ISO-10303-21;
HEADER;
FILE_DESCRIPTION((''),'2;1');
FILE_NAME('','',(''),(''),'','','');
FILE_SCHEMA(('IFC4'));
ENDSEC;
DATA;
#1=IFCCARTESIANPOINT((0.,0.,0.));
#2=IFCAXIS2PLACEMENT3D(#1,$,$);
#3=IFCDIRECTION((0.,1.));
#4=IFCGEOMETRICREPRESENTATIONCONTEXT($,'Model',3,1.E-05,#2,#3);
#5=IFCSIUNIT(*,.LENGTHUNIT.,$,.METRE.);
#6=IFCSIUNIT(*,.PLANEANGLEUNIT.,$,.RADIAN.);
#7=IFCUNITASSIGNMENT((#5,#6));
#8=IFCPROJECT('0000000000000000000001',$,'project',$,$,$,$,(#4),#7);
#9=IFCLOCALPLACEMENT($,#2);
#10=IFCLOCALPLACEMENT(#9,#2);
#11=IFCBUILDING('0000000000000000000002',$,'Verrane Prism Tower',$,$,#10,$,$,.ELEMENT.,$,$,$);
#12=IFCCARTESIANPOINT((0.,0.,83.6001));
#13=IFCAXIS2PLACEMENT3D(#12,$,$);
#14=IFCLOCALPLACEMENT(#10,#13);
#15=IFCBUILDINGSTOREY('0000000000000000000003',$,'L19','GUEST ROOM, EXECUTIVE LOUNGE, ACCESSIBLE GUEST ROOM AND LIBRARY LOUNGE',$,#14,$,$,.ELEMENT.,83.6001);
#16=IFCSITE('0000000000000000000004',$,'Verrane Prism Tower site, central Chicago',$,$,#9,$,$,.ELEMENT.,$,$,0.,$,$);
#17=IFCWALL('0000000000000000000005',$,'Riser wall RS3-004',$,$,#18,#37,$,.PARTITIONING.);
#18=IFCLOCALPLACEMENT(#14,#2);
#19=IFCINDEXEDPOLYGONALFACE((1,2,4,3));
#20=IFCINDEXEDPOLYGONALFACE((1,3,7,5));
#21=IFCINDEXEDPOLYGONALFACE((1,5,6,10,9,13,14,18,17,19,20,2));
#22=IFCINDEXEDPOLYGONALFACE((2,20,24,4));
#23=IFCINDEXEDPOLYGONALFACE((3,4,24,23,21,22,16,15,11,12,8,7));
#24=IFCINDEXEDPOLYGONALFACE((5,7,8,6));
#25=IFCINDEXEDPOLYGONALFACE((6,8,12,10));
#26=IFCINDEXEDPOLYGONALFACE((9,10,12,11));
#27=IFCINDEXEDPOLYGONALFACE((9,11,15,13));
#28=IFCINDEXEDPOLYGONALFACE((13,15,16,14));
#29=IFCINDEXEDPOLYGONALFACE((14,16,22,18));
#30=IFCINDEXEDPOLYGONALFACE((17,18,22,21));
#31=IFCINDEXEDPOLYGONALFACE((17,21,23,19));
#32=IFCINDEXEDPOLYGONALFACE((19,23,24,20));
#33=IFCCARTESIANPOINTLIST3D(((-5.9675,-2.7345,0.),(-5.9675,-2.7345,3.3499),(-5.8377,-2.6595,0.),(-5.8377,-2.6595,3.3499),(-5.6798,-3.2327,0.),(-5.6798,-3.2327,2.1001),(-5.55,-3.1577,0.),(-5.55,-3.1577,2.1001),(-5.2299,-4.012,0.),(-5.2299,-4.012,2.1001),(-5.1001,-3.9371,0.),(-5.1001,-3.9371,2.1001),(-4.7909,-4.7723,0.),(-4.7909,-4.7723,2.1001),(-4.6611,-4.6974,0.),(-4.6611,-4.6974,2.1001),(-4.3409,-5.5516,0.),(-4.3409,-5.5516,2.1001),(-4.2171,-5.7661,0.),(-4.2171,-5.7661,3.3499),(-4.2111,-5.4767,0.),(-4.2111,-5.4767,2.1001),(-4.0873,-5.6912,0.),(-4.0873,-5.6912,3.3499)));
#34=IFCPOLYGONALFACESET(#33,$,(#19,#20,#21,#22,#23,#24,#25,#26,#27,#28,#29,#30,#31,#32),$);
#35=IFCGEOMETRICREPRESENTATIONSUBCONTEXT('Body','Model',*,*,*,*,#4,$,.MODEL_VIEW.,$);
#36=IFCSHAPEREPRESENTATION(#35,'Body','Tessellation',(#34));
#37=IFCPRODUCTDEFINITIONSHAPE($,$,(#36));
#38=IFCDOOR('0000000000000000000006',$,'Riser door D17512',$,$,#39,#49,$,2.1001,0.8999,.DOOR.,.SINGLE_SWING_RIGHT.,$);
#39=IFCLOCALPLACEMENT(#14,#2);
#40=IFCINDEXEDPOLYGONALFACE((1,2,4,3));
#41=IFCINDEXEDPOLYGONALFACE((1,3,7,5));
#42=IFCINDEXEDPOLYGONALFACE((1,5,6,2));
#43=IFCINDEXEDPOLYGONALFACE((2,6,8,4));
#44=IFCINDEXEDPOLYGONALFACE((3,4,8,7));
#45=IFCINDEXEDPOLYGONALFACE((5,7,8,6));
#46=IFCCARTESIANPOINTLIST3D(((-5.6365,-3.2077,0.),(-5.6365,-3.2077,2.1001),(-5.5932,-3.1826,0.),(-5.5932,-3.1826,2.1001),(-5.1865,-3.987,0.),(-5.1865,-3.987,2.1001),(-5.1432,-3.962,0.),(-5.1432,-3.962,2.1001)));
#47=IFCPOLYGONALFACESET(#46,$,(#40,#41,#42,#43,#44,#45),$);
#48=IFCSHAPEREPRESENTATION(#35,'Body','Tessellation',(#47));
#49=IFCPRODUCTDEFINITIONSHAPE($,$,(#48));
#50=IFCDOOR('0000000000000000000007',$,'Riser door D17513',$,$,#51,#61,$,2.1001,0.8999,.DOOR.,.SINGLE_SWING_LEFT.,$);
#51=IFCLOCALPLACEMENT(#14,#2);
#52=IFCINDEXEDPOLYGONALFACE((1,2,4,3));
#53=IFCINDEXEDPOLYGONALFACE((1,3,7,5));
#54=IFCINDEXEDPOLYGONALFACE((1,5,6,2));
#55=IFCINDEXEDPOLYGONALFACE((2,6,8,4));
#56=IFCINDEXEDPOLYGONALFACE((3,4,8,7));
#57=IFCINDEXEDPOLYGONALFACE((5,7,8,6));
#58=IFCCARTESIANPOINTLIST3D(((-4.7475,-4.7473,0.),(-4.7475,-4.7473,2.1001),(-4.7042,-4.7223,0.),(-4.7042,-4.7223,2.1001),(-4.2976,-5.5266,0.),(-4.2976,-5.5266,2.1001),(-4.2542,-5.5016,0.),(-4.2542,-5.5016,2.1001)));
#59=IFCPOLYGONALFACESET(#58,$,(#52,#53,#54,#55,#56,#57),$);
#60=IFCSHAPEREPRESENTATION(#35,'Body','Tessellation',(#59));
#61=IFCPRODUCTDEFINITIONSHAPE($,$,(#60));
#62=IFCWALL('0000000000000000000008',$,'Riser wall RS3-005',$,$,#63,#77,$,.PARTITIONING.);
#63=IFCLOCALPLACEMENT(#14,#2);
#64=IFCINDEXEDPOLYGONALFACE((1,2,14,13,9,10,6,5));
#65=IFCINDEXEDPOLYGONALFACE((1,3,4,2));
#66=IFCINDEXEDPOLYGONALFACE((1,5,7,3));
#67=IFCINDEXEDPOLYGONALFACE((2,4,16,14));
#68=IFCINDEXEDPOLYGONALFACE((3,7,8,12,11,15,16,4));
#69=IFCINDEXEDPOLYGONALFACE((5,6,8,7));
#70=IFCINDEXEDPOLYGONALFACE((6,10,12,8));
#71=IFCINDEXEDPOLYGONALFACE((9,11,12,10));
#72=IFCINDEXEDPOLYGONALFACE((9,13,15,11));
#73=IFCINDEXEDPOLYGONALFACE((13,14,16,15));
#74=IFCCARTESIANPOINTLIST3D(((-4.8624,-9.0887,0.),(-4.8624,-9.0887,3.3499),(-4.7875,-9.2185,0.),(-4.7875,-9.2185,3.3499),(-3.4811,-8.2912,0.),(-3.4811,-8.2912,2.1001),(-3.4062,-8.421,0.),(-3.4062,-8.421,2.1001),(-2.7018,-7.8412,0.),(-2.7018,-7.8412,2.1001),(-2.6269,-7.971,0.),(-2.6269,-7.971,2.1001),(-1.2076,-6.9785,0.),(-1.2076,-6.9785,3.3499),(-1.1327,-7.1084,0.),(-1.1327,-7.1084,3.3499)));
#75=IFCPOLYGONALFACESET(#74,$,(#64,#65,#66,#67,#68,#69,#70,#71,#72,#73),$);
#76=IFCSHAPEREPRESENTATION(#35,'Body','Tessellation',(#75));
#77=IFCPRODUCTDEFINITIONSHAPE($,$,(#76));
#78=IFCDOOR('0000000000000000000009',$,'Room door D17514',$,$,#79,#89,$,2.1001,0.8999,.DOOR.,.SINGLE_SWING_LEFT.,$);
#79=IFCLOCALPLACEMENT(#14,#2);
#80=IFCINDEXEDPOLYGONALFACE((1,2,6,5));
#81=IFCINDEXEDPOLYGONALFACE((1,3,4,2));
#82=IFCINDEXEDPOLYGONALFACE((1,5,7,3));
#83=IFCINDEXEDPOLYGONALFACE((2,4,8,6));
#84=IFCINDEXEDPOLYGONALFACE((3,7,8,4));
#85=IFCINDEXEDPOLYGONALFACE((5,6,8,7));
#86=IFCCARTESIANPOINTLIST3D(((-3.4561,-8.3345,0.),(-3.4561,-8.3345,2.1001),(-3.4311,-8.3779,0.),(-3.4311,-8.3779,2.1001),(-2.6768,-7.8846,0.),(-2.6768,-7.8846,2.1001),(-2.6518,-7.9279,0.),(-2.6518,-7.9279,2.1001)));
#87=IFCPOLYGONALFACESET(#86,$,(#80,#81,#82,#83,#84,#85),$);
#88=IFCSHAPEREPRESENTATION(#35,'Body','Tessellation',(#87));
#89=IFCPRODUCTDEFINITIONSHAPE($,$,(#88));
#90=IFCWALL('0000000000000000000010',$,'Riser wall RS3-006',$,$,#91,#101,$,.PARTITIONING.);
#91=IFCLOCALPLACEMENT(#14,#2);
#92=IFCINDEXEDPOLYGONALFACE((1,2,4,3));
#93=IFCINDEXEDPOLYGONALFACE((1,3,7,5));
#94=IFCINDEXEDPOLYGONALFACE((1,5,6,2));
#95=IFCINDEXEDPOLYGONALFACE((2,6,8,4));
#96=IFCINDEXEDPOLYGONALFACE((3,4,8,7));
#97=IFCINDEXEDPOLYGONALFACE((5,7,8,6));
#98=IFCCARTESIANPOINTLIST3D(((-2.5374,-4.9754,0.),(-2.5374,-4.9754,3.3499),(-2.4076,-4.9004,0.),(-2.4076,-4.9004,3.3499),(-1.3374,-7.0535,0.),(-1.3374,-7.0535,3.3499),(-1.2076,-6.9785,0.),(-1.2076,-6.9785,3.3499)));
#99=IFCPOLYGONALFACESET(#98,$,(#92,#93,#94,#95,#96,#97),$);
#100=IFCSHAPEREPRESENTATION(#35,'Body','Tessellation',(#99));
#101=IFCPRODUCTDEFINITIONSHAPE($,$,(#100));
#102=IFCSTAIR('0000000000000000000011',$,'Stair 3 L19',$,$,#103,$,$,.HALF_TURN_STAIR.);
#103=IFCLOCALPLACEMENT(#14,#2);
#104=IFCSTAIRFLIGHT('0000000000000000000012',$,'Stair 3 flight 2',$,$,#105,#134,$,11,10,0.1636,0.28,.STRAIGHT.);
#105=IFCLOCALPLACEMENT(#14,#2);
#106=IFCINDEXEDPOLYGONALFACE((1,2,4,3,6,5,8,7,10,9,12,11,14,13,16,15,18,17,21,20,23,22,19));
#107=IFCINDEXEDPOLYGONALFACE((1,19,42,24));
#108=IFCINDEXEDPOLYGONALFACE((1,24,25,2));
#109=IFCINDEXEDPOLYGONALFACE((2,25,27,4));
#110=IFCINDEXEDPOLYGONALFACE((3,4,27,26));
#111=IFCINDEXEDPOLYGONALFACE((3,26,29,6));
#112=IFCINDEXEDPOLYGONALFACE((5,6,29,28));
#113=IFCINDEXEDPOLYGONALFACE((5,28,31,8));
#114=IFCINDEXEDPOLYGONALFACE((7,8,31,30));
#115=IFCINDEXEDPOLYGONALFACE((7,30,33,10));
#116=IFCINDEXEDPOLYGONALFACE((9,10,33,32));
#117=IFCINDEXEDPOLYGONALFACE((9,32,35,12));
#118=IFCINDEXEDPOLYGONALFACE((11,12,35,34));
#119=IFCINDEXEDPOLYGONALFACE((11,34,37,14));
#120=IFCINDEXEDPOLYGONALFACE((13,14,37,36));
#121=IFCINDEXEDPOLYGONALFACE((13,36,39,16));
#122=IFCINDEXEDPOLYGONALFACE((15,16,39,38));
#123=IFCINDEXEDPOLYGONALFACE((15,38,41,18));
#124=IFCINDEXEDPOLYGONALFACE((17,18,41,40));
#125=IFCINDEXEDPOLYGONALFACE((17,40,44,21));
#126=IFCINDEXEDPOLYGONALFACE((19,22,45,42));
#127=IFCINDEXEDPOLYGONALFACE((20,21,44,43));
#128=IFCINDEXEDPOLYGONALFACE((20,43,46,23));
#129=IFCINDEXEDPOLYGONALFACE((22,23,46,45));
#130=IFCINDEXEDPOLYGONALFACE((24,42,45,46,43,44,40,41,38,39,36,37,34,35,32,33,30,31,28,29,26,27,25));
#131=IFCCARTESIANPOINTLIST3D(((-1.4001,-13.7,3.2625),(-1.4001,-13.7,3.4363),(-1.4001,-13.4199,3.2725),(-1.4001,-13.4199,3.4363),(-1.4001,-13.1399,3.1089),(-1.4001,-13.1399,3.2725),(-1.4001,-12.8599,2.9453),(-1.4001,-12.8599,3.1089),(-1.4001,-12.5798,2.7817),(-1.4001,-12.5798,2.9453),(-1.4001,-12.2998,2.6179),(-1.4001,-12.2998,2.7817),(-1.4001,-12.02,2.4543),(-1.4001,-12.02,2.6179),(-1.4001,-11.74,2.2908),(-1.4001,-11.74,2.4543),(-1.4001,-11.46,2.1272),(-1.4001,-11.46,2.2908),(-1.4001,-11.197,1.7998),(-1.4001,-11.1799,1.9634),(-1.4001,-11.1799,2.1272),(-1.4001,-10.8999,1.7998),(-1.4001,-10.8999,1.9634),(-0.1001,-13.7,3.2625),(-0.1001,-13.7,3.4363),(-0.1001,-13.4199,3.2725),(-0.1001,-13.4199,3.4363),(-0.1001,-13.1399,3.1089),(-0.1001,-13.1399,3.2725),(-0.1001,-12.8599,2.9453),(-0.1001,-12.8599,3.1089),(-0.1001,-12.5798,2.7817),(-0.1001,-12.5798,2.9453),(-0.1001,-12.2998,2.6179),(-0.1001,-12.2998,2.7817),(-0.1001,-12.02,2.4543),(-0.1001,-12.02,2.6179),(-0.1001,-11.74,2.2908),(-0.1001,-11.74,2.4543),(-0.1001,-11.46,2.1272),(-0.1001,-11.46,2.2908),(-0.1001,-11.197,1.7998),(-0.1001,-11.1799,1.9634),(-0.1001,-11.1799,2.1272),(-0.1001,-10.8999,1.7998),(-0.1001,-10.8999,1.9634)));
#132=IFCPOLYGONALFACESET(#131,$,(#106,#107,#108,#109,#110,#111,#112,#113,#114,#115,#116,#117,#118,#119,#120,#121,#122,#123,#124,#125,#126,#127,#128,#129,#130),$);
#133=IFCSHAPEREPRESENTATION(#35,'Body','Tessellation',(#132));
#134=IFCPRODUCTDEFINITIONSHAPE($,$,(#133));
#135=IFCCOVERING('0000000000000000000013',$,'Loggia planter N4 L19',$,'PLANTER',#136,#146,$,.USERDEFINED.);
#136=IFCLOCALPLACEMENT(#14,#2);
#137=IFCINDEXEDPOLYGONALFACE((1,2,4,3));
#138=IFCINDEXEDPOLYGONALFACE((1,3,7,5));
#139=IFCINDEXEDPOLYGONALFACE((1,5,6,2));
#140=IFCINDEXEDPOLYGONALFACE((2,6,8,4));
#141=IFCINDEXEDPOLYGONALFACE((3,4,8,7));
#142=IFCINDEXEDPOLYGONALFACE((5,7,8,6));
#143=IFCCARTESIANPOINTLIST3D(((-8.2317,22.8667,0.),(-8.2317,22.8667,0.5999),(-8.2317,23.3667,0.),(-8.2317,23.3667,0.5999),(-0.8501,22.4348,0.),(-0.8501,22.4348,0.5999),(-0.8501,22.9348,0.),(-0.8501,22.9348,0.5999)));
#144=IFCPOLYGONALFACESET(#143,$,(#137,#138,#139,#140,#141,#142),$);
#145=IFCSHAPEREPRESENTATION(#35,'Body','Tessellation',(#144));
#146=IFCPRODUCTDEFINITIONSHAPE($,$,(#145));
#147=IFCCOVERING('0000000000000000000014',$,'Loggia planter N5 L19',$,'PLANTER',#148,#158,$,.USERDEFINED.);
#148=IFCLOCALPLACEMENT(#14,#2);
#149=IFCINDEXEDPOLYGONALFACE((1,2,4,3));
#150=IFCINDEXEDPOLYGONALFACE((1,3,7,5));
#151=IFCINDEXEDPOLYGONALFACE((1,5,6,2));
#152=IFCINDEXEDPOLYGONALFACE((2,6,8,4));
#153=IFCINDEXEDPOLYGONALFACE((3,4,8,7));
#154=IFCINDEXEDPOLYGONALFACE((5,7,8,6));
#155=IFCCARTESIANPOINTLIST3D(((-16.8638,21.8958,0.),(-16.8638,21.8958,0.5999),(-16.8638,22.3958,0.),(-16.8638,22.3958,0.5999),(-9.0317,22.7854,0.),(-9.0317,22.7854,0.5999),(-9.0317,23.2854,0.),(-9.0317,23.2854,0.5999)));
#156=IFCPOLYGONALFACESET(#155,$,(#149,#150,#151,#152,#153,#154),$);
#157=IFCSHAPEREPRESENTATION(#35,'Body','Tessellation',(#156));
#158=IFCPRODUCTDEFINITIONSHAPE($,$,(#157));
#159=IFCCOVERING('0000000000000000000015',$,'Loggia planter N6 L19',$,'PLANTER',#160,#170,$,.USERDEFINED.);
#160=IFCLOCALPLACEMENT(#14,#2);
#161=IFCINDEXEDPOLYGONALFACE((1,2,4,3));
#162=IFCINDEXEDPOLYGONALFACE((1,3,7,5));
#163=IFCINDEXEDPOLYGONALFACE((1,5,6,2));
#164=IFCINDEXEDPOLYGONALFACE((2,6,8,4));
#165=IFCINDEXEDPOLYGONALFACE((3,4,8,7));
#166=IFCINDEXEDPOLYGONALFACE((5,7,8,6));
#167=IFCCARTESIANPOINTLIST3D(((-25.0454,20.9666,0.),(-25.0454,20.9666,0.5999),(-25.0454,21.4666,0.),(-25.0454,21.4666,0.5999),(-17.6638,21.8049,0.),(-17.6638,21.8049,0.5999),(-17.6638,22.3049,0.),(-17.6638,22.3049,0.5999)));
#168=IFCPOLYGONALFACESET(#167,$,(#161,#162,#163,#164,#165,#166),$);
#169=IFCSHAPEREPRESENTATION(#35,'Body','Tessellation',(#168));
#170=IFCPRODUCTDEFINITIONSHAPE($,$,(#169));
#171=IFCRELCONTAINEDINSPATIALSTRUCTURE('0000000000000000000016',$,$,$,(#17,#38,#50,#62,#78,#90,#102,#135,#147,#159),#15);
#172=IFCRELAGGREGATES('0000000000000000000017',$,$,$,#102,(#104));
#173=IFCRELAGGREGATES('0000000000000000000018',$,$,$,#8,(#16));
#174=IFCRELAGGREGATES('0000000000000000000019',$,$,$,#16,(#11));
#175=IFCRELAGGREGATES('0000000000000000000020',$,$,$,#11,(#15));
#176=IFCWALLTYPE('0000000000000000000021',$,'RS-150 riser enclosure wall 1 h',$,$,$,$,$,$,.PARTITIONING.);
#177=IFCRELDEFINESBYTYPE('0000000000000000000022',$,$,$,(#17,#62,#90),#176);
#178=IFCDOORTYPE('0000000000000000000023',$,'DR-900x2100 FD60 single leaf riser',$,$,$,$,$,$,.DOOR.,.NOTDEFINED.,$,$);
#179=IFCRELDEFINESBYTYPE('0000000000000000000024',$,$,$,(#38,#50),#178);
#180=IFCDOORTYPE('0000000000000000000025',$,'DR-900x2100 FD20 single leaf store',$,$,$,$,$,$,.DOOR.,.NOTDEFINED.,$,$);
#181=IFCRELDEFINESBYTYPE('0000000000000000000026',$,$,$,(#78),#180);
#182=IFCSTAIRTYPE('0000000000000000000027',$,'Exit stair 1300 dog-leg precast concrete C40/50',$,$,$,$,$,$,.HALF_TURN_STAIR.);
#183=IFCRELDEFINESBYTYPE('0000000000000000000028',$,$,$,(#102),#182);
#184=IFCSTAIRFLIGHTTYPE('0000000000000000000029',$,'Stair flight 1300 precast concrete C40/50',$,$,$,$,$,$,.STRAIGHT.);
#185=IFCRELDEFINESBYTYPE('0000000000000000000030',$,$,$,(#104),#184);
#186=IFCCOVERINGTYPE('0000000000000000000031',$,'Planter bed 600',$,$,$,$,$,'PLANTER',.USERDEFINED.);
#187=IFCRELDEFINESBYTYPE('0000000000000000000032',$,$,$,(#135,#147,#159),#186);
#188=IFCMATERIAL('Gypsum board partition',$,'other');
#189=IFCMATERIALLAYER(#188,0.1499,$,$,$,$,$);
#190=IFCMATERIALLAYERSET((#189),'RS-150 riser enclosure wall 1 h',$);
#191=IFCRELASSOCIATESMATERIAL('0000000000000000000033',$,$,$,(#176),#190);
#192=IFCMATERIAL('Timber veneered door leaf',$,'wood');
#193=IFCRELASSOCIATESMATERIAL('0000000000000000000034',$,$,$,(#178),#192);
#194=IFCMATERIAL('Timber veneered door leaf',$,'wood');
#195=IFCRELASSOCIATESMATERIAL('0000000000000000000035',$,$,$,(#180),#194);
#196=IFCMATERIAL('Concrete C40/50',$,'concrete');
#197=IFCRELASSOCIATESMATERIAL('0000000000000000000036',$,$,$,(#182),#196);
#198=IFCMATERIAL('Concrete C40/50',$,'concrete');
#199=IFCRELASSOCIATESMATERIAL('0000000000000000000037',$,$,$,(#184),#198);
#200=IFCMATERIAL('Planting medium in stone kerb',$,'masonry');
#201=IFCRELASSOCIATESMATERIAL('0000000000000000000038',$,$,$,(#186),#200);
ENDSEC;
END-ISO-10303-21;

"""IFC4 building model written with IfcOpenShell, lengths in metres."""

from ifc_helpers import new_model, si_unit, direction, frame, frame_2d, origin, place, context, subcontext, project, spatial, polyline, rectangle, outline, extrude, material, layer, layer_set, type_object, element, fill, aggregate, save


model = new_model("IFC4")

# Units and contexts
model_context = context("Model", 3, precision=1e-05, world=origin(), true_north=direction((0.0, 1.0)))
body_context = subcontext(model_context, "Body", "Model", "MODEL_VIEW")
ifc_project = project(units=[si_unit("LENGTHUNIT", "METRE"), si_unit("PLANEANGLEUNIT", "RADIAN")], contexts=[model_context])

# Site, building, storey
site_placement = place(None, origin())
site = spatial("IfcSite", under=ifc_project, at=site_placement, Name="Verrane Prism Tower site, central Chicago", CompositionType="ELEMENT", RefElevation=0.0)
building_placement = place(site_placement, origin())
building = spatial("IfcBuilding", under=site, at=building_placement, Name="Verrane Prism Tower", CompositionType="ELEMENT")
storey_placement = place(building_placement, frame((0.0, 0.0, 83.6001)))
storey = spatial("IfcBuildingStorey", under=building, at=storey_placement, Name="L19", Description="GUEST ROOM, EXECUTIVE LOUNGE, ACCESSIBLE GUEST ROOM AND LIBRARY LOUNGE", CompositionType="ELEMENT", Elevation=83.6001)

# Shared definitions
ifc_material_1 = material(Name="Gypsum board partition", Category="other")
ifc_layer_1 = layer(ifc_material_1, 0.1499)
ifc_layer_set_1 = layer_set([ifc_layer_1], Name="RS-150 riser enclosure wall 1 h")
wall_type_1 = type_object("IfcWallType", Name="RS-150 riser enclosure wall 1 h", PredefinedType="PARTITIONING", material=ifc_layer_set_1)

# Wall, openings, doors
wall_1_placement = place(storey_placement, frame((-4.1521, -5.7288, 0.0), z_axis=(0.0, 0.0, 1.0), x_axis=(-0.500024, 0.866011, 0.0)))
wall_1 = element("IfcWall", 1, at=wall_1_placement, inside=storey, type_object=wall_type_1, Name="Riser wall RS3-004", PredefinedType="PARTITIONING", context=body_context, shape_type="SweptSolid", body=[
    extrude(rectangle(XDim=3.5007, YDim=0.1499, at=frame_2d((1.7505, 0.0))), origin(), (0.0, 0.0, 1.0), 3.3499),
])
opening_1_placement = place(wall_1_placement, frame((2.0256, 0.0, 0.0)))
opening_1 = element("IfcOpeningElement", 2, at=opening_1_placement, cuts=wall_1, PredefinedType="OPENING", context=body_context, shape_type="SweptSolid", body=[
    extrude(rectangle(XDim=0.8999, YDim=2.1001, at=frame_2d((0.45, 1.05))), frame((0.0, 0.085, 0.0), z_axis=(0.0, -1.0, 0.0), x_axis=(1.0, 0.0, 0.0)), (0.0, 0.0, 1.0), 0.1699),
])
opening_2_placement = place(wall_1_placement, frame((0.2478, 0.0, 0.0)))
opening_2 = element("IfcOpeningElement", 3, at=opening_2_placement, cuts=wall_1, PredefinedType="OPENING", context=body_context, shape_type="SweptSolid", body=[
    extrude(rectangle(XDim=0.8999, YDim=2.1001, at=frame_2d((0.45, 1.05))), frame((0.0, 0.085, 0.0), z_axis=(0.0, -1.0, 0.0), x_axis=(1.0, 0.0, 0.0)), (0.0, 0.0, 1.0), 0.1699),
])
ifc_material_2 = material(Name="Timber veneered door leaf", Category="wood")
door_type_1 = type_object("IfcDoorType", Name="DR-900x2100 FD60 single leaf riser", OperationType="NOTDEFINED", PredefinedType="DOOR", material=ifc_material_2)
door_1_placement = place(opening_1_placement, origin())
door_1 = element("IfcDoor", 4, at=door_1_placement, inside=storey, type_object=door_type_1, Name="Riser door D17512", OperationType="SINGLE_SWING_RIGHT", OverallHeight=2.1001, OverallWidth=0.8999, PredefinedType="DOOR", context=body_context, shape_type="SweptSolid", body=[
    extrude(rectangle(XDim=0.8999, YDim=2.1001, at=frame_2d((0.45, 1.05))), frame((0.0, 0.0249, 0.0), z_axis=(0.0, -1.0, 0.0), x_axis=(1.0, 0.0, 0.0)), (0.0, 0.0, 1.0), 0.05),
])
fill(opening_1, door_1)
door_2_placement = place(opening_2_placement, origin())
door_2 = element("IfcDoor", 5, at=door_2_placement, inside=storey, type_object=door_type_1, Name="Riser door D17513", OperationType="SINGLE_SWING_LEFT", OverallHeight=2.1001, OverallWidth=0.8999, PredefinedType="DOOR", context=body_context, shape_type="SweptSolid", body=[
    extrude(rectangle(XDim=0.8999, YDim=2.1001, at=frame_2d((0.45, 1.05))), frame((0.0, 0.0249, 0.0), z_axis=(0.0, -1.0, 0.0), x_axis=(1.0, 0.0, 0.0)), (0.0, 0.0, 1.0), 0.05),
])
fill(opening_2, door_2)

# Wall, opening, door
wall_2_placement = place(storey_placement, frame((-4.825, -9.1536, 0.0), z_axis=(0.0, 0.0, 1.0), x_axis=(0.866024, 0.500003, 0.0)))
wall_2 = element("IfcWall", 6, at=wall_2_placement, inside=storey, type_object=wall_type_1, Name="Riser wall RS3-005", PredefinedType="PARTITIONING", context=body_context, shape_type="SweptSolid", body=[
    extrude(rectangle(XDim=4.2202, YDim=0.1499, at=frame_2d((2.1101, 0.0))), origin(), (0.0, 0.0, 1.0), 3.3499),
])
opening_3_placement = place(wall_2_placement, frame((1.595, 0.0, 0.0)))
opening_3 = element("IfcOpeningElement", 7, at=opening_3_placement, cuts=wall_2, PredefinedType="OPENING", context=body_context, shape_type="SweptSolid", body=[
    extrude(rectangle(XDim=0.8999, YDim=2.1001, at=frame_2d((0.45, 1.05))), frame((0.0, 0.085, 0.0), z_axis=(0.0, -1.0, 0.0), x_axis=(1.0, 0.0, 0.0)), (0.0, 0.0, 1.0), 0.1699),
])
ifc_material_3 = material(Name="Timber veneered door leaf", Category="wood")
door_type_2 = type_object("IfcDoorType", Name="DR-900x2100 FD20 single leaf store", OperationType="NOTDEFINED", PredefinedType="DOOR", material=ifc_material_3)
door_3_placement = place(opening_3_placement, origin())
door_3 = element("IfcDoor", 8, at=door_3_placement, inside=storey, type_object=door_type_2, Name="Room door D17514", OperationType="SINGLE_SWING_LEFT", OverallHeight=2.1001, OverallWidth=0.8999, PredefinedType="DOOR", context=body_context, shape_type="SweptSolid", body=[
    extrude(rectangle(XDim=0.8999, YDim=2.1001, at=frame_2d((0.45, 1.05))), frame((0.0, 0.0249, 0.0), z_axis=(0.0, -1.0, 0.0), x_axis=(1.0, 0.0, 0.0)), (0.0, 0.0, 1.0), 0.05),
])
fill(opening_3, door_3)

# Wall
wall_3_placement = place(storey_placement, frame((-2.4724, -4.938, 0.0), z_axis=(0.0, 0.0, 1.0), x_axis=(0.500045, -0.865999, 0.0)))
element("IfcWall", 9, at=wall_3_placement, inside=storey, type_object=wall_type_1, Name="Riser wall RS3-006", PredefinedType="PARTITIONING", context=body_context, shape_type="SweptSolid", body=[
    extrude(rectangle(XDim=2.3997, YDim=0.1499, at=frame_2d((1.1997, 0.0))), origin(), (0.0, 0.0, 1.0), 3.3499),
])

# Stair, stair flight
ifc_material_4 = material(Name="Concrete C40/50", Category="concrete")
stair_type = type_object("IfcStairType", Name="Exit stair 1300 dog-leg precast concrete C40/50", PredefinedType="HALF_TURN_STAIR", material=ifc_material_4)
stair_placement = place(storey_placement, origin())
stair = element("IfcStair", 10, at=stair_placement, inside=storey, type_object=stair_type, Name="Stair 3 L19", PredefinedType="HALF_TURN_STAIR")
ifc_material_5 = material(Name="Concrete C40/50", Category="concrete")
stair_flight_type = type_object("IfcStairFlightType", Name="Stair flight 1300 precast concrete C40/50", PredefinedType="STRAIGHT", material=ifc_material_5)
stair_flight_placement = place(storey_placement, frame((-0.75, -10.8999, 1.7998), z_axis=(0.0, 0.0, 1.0), x_axis=(0.0, -1.0, 0.0)))
stair_flight = element("IfcStairFlight", 11, at=stair_flight_placement, type_object=stair_flight_type, Name="Stair 3 flight 2", NumberOfRisers=11, NumberOfTreads=10, PredefinedType="STRAIGHT", RiserHeight=0.1636, TreadLength=0.28, context=body_context, shape_type="SweptSolid", body=[
    extrude(outline(polyline([(0.0, 0.0), (0.0, 0.1636), (0.28, 0.1636), (0.28, 0.3274), (0.5601, 0.3274), (0.5601, 0.491), (0.8401, 0.491), (0.8401, 0.6545), (1.1201, 0.6545), (1.1201, 0.8181), (1.3999, 0.8181), (1.3999, 0.9819), (1.6799, 0.9819), (1.6799, 1.1455), (1.96, 1.1455), (1.96, 1.3091), (2.24, 1.3091), (2.24, 1.4727), (2.52, 1.4727), (2.52, 1.6365), (2.8, 1.6365), (2.8, 1.8), (2.8, 1.4626), (0.2971, 0.0), (0.0, 0.0)])), frame((0.0, 0.6499, 0.0), z_axis=(0.0, -1.0, 0.0), x_axis=(1.0, 0.0, 0.0)), (0.0, 0.0, 1.0), 1.3),
])
aggregate(stair, [stair_flight])

# Coverings
ifc_material_6 = material(Name="Planting medium in stone kerb", Category="masonry")
covering_type_1 = type_object("IfcCoveringType", Name="Planter bed 600", ElementType="PLANTER", PredefinedType="USERDEFINED", material=ifc_material_6)
covering_1_placement = place(storey_placement, origin())
element("IfcCovering", 12, at=covering_1_placement, inside=storey, type_object=covering_type_1, Name="Loggia planter N4 L19", ObjectType="PLANTER", PredefinedType="USERDEFINED", context=body_context, shape_type="SweptSolid", body=[
    extrude(outline(polyline([(-0.8501, 22.9348), (-8.2317, 23.3667), (-8.2317, 22.8667), (-0.8501, 22.4348), (-0.8501, 22.9348)])), origin(), (0.0, 0.0, 1.0), 0.5999),
])
covering_2_placement = place(storey_placement, origin())
element("IfcCovering", 13, at=covering_2_placement, inside=storey, type_object=covering_type_1, Name="Loggia planter N5 L19", ObjectType="PLANTER", PredefinedType="USERDEFINED", context=body_context, shape_type="SweptSolid", body=[
    extrude(outline(polyline([(-9.0317, 23.2854), (-16.8638, 22.3958), (-16.8638, 21.8958), (-9.0317, 22.7854), (-9.0317, 23.2854)])), origin(), (0.0, 0.0, 1.0), 0.5999),
])
covering_3_placement = place(storey_placement, origin())
element("IfcCovering", 14, at=covering_3_placement, inside=storey, type_object=covering_type_1, Name="Loggia planter N6 L19", ObjectType="PLANTER", PredefinedType="USERDEFINED", context=body_context, shape_type="SweptSolid", body=[
    extrude(outline(polyline([(-17.6638, 22.3049), (-25.0454, 21.4666), (-25.0454, 20.9666), (-17.6638, 21.8049), (-17.6638, 22.3049)])), origin(), (0.0, 0.0, 1.0), 0.5999),
])

save(model, "model.ifc")
